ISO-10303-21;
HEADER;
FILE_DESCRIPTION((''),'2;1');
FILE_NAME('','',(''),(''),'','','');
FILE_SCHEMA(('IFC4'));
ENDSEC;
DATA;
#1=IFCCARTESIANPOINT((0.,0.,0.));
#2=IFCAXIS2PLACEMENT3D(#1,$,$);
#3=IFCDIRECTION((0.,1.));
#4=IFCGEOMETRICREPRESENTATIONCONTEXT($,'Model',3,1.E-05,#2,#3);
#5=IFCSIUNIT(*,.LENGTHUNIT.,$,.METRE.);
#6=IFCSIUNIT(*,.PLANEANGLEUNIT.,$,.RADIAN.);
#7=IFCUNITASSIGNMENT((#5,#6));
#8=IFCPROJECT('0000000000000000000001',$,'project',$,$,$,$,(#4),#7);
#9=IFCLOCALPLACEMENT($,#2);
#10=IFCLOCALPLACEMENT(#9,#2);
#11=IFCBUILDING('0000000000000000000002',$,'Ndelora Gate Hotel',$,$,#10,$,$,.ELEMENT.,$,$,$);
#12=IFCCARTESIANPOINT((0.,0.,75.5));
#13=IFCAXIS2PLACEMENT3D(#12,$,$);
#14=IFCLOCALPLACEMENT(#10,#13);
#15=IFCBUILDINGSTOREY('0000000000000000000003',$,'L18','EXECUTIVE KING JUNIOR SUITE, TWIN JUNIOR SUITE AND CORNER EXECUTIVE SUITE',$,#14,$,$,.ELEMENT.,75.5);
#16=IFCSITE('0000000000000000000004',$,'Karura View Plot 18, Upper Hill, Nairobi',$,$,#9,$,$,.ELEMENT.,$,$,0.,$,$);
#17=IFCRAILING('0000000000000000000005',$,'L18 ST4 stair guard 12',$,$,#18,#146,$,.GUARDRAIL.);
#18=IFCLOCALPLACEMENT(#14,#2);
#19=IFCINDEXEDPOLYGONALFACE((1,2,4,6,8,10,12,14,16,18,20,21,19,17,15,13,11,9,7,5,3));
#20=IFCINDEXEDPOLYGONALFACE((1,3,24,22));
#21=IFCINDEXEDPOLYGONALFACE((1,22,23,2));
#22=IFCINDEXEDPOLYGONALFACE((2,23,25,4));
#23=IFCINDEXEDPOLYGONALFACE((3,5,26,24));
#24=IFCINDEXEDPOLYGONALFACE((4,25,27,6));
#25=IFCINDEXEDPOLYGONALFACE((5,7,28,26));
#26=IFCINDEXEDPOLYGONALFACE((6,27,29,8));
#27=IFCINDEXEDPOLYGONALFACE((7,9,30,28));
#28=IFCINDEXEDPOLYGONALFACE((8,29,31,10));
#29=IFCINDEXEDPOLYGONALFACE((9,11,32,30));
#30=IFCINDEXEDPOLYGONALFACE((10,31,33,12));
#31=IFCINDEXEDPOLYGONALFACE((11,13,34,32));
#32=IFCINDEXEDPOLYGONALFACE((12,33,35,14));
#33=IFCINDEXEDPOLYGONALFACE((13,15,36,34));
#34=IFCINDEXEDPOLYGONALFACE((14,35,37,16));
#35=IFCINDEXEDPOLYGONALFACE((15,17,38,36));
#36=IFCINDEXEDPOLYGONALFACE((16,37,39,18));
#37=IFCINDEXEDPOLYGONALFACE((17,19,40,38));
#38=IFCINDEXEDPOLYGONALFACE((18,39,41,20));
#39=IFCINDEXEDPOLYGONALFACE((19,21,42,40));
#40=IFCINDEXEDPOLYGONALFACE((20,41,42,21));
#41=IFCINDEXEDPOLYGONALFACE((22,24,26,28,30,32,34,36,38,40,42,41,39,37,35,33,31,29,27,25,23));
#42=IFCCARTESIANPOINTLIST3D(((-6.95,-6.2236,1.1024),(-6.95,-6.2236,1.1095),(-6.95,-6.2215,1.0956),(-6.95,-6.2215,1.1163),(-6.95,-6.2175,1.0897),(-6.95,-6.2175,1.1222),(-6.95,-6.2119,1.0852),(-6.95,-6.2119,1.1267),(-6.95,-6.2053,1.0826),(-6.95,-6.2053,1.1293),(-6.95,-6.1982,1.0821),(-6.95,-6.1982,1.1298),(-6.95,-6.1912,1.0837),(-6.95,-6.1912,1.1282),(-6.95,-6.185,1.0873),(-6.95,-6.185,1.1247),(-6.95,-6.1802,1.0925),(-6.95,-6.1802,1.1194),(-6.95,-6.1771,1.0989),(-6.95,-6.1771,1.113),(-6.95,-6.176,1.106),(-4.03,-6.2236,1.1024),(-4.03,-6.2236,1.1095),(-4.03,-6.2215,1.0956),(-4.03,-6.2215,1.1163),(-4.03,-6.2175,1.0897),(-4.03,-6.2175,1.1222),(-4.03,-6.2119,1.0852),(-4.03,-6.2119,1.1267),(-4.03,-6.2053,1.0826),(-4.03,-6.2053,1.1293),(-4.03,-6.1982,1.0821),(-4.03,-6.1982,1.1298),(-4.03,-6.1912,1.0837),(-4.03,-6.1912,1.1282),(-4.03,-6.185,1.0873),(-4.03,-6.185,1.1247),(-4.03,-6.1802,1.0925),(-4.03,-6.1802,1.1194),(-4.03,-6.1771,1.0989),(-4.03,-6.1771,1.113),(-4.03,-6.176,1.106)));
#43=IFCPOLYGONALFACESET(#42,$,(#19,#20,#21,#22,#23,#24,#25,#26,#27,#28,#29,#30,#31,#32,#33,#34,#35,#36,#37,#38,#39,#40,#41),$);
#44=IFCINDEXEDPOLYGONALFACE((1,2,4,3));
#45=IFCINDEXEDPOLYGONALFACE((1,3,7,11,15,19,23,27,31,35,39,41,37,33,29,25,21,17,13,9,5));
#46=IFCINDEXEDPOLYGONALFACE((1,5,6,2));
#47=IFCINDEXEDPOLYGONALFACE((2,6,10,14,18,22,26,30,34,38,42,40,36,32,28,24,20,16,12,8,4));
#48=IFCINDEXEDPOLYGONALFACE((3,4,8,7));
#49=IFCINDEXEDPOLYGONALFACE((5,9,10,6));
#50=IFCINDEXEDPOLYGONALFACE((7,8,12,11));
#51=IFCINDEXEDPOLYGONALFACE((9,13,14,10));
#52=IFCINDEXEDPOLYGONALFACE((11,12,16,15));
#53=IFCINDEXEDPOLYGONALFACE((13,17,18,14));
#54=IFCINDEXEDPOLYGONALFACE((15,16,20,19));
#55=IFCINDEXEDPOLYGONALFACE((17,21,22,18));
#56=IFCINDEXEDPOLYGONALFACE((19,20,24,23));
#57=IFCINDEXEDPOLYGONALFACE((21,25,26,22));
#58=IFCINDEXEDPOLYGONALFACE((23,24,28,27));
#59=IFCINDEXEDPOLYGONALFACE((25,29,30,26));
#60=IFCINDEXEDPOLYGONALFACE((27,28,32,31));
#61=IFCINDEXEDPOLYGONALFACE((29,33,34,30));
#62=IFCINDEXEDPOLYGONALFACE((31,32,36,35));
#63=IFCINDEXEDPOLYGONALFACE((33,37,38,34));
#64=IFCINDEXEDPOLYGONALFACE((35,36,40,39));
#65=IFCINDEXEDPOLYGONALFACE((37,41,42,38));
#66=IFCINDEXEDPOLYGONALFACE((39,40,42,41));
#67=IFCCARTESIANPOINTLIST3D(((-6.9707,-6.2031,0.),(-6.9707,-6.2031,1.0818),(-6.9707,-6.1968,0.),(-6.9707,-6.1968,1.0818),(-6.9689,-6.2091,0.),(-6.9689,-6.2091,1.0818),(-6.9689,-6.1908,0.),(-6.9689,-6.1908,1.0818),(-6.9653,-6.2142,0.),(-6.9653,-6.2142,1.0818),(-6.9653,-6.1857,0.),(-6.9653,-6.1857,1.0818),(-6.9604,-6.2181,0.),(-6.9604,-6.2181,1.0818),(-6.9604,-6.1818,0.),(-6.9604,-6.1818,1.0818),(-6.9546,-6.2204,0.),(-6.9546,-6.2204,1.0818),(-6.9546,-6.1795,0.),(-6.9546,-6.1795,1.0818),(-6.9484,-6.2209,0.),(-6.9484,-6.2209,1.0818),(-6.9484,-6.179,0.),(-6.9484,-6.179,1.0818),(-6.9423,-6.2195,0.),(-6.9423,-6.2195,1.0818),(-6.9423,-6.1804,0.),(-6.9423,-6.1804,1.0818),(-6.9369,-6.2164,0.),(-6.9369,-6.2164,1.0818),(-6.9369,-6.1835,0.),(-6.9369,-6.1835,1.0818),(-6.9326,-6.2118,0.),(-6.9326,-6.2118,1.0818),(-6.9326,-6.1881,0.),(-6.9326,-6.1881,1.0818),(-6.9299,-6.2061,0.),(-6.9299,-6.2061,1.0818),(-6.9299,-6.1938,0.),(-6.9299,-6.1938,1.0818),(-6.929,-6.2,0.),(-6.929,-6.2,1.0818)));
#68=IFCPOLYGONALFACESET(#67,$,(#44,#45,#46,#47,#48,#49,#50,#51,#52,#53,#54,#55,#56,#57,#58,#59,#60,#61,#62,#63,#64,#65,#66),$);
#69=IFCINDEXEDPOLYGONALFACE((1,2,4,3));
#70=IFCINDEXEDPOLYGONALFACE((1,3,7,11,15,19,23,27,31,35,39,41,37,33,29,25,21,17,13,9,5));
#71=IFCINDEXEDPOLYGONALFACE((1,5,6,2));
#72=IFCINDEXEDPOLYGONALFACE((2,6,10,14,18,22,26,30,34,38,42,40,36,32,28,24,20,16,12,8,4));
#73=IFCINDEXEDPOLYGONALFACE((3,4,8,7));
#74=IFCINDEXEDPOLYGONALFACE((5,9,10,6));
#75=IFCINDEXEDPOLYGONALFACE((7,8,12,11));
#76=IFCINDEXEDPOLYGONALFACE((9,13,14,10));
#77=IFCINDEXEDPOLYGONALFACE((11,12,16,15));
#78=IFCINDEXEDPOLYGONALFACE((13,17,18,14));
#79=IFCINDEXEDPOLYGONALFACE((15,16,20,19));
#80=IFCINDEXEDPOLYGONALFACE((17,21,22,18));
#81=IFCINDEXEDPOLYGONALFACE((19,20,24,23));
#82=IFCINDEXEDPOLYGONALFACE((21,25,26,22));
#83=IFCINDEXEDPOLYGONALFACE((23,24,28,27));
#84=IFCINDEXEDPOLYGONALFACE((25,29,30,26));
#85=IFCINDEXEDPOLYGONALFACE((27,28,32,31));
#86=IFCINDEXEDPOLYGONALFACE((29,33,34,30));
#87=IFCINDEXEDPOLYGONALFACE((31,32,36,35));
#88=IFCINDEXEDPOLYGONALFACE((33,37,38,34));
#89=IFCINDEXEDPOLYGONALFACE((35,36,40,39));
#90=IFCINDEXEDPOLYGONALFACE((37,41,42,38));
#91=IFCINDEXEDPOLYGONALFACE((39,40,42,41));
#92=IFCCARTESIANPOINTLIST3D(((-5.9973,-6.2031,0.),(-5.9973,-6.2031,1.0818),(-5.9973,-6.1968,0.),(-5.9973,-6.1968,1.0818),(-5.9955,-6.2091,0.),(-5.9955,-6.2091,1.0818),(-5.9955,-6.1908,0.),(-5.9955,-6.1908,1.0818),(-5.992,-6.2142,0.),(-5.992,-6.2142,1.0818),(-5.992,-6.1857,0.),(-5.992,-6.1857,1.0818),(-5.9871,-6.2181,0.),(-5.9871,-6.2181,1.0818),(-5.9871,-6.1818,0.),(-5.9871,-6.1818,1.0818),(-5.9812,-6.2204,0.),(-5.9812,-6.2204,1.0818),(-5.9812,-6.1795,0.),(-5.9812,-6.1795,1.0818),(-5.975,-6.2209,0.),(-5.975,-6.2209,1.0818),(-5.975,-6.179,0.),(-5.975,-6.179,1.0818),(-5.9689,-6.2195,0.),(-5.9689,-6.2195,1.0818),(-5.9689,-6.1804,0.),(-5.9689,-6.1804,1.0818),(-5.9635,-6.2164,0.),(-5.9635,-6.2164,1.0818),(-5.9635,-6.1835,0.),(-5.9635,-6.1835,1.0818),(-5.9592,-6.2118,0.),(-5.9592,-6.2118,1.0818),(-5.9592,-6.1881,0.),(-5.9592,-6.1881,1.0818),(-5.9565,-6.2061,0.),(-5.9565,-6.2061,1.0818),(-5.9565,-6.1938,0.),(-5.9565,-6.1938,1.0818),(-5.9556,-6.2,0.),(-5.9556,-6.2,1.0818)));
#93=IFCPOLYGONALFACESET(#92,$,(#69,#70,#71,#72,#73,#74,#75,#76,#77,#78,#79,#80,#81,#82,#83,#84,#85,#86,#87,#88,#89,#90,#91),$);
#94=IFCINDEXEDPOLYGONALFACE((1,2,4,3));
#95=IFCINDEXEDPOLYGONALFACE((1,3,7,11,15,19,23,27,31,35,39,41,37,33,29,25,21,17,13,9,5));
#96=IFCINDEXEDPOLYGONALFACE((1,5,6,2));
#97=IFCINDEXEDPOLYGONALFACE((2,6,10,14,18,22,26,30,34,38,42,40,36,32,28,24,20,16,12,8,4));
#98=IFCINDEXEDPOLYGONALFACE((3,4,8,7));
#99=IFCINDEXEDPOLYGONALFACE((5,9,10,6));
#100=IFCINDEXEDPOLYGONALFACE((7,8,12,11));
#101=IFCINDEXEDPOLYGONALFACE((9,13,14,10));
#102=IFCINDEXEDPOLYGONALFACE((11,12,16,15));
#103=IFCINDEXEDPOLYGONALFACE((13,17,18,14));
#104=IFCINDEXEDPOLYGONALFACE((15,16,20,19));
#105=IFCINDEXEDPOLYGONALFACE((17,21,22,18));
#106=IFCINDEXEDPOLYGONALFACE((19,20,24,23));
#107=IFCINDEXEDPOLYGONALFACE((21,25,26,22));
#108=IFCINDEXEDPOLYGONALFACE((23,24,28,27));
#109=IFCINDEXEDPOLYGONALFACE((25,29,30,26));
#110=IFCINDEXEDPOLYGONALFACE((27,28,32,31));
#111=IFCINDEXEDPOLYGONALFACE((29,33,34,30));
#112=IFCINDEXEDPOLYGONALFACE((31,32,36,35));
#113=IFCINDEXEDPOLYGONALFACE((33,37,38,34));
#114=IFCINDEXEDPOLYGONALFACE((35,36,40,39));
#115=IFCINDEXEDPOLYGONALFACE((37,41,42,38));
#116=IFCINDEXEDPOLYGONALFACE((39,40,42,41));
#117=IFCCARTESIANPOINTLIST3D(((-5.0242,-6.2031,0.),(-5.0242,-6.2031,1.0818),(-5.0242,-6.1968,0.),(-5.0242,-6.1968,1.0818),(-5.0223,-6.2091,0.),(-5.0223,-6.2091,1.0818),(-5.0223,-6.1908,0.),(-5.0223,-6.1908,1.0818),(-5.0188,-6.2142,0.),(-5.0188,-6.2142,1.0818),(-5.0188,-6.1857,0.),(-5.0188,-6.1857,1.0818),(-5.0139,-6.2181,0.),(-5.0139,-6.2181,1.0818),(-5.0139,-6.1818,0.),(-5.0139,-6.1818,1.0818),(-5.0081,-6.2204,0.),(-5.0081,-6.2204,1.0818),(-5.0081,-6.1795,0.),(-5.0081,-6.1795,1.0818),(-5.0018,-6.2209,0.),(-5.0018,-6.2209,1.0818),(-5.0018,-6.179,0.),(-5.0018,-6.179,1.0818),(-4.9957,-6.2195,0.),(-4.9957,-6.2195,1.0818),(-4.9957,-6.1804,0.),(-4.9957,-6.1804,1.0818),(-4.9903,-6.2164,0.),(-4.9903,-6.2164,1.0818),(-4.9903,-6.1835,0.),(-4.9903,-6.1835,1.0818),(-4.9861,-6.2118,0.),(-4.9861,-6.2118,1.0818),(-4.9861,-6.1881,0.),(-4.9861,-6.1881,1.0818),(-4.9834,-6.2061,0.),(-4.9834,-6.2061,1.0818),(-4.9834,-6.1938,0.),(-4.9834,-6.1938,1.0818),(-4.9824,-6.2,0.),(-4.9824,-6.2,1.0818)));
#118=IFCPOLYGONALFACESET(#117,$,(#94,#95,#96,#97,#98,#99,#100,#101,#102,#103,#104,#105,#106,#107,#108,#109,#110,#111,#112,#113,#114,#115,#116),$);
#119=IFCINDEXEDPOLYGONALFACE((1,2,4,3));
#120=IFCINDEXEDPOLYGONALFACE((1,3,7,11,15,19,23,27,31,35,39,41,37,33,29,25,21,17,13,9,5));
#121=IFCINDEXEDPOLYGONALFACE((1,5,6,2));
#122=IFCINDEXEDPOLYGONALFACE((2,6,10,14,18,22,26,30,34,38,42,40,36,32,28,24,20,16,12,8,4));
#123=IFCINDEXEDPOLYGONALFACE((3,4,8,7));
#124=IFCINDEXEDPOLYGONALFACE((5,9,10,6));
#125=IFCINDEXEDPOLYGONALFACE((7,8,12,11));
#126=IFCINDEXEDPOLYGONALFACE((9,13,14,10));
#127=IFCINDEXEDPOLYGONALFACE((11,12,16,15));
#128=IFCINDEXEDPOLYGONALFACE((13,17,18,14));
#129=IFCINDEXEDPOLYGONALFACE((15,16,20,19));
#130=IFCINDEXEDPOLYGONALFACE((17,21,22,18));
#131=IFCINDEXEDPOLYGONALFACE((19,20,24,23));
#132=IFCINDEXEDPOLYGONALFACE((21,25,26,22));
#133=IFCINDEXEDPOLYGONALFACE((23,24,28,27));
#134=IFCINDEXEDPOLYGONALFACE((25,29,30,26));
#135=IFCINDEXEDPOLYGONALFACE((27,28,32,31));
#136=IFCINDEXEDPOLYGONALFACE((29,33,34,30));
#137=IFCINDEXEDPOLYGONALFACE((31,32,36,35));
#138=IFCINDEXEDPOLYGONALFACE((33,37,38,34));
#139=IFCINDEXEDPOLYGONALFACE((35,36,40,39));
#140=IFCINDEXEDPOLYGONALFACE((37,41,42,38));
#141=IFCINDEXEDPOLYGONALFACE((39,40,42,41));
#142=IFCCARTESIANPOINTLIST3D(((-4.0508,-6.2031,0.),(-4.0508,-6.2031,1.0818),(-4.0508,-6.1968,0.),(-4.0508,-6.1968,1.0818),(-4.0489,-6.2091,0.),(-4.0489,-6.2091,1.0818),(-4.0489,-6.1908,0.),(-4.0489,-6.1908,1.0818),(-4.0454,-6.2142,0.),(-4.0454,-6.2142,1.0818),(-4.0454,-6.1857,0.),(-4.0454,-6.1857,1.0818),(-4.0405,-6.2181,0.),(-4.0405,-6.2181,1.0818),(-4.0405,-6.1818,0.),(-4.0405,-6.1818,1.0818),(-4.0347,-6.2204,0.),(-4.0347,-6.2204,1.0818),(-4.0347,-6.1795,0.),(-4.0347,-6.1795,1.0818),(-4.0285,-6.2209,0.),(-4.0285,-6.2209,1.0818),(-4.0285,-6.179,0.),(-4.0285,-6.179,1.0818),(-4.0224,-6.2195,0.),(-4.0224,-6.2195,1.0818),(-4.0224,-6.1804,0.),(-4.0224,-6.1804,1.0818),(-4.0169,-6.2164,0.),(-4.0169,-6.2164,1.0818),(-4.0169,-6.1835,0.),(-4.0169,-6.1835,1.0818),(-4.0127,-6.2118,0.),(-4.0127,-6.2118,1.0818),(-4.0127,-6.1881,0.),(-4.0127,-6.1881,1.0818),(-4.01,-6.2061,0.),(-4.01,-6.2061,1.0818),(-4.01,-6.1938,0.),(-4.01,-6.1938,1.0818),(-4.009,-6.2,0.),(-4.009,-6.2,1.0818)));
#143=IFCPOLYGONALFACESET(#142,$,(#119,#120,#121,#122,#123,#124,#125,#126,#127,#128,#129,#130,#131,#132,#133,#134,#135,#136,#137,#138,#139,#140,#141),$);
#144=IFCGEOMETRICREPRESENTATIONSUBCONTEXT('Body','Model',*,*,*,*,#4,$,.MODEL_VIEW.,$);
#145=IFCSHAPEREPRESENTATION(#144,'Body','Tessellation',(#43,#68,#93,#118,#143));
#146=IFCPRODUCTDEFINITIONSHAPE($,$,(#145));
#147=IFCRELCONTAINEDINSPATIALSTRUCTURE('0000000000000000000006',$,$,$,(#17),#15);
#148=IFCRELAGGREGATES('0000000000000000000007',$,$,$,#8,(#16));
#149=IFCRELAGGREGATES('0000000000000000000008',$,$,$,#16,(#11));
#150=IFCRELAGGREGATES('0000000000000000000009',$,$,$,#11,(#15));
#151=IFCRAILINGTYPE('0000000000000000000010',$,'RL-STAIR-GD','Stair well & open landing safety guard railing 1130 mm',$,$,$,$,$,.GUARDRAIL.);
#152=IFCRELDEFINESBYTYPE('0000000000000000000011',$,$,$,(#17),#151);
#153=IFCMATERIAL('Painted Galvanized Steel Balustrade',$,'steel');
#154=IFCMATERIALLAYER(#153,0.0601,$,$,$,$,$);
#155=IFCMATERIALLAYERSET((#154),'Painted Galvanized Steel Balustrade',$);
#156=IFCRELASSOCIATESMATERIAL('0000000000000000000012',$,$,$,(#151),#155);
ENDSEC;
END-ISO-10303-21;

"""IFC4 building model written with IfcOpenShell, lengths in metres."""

from ifc_helpers import new_model, si_unit, direction, frame, origin, origin_2d, place, context, subcontext, project, spatial, circle, extrude, material, layer, layer_set, type_object, element, save


model = new_model("IFC4")

# Units and contexts
model_context = context("Model", 3, precision=1e-05, world=origin(), true_north=direction((0.0, 1.0)))
body_context = subcontext(model_context, "Body", "Model", "MODEL_VIEW")
ifc_project = project(units=[si_unit("LENGTHUNIT", "METRE"), si_unit("PLANEANGLEUNIT", "RADIAN")], contexts=[model_context])

# Site, building, storey
site_placement = place(None, origin())
site = spatial("IfcSite", under=ifc_project, at=site_placement, Name="Karura View Plot 18, Upper Hill, Nairobi", CompositionType="ELEMENT", RefElevation=0.0)
building_placement = place(site_placement, origin())
building = spatial("IfcBuilding", under=site, at=building_placement, Name="Ndelora Gate Hotel", CompositionType="ELEMENT")
storey_placement = place(building_placement, frame((0.0, 0.0, 75.5)))
storey = spatial("IfcBuildingStorey", under=building, at=storey_placement, Name="L18", Description="EXECUTIVE KING JUNIOR SUITE, TWIN JUNIOR SUITE AND CORNER EXECUTIVE SUITE", CompositionType="ELEMENT", Elevation=75.5)

# Railing
ifc_material_1 = material(Name="Painted Galvanized Steel Balustrade", Category="steel")
ifc_layer_1 = layer(ifc_material_1, 0.0601)
ifc_layer_set_1 = layer_set([ifc_layer_1], Name="Painted Galvanized Steel Balustrade")
railing_type = type_object("IfcRailingType", Name="RL-STAIR-GD", Description="Stair well & open landing safety guard railing 1130 mm", PredefinedType="GUARDRAIL", material=ifc_layer_set_1)
railing_1_placement = place(storey_placement, frame((-6.95, -6.2, 0.0)))
element("IfcRailing", 1, at=railing_1_placement, inside=storey, type_object=railing_type, Name="L18 ST4 stair guard 12", PredefinedType="GUARDRAIL", context=body_context, shape_type="SweptSolid", body=[
    extrude(circle(Radius=0.0239, at=origin_2d()), frame((0.0, 0.0, 1.106), z_axis=(1.0, 0.0, 0.0), x_axis=(0.0, 1.0, 0.0)), (0.0, 0.0, 1.0), 2.9199),
    extrude(circle(Radius=0.021, at=origin_2d()), origin(), (0.0, 0.0, 1.0), 1.0818),
    extrude(circle(Radius=0.021, at=origin_2d()), frame((0.9734, 0.0, 0.0)), (0.0, 0.0, 1.0), 1.0818),
    extrude(circle(Radius=0.021, at=origin_2d()), frame((1.9465, 0.0, 0.0)), (0.0, 0.0, 1.0), 1.0818),
    extrude(circle(Radius=0.021, at=origin_2d()), frame((2.9199, 0.0, 0.0)), (0.0, 0.0, 1.0), 1.0818),
])

save(model, "model.ifc")
